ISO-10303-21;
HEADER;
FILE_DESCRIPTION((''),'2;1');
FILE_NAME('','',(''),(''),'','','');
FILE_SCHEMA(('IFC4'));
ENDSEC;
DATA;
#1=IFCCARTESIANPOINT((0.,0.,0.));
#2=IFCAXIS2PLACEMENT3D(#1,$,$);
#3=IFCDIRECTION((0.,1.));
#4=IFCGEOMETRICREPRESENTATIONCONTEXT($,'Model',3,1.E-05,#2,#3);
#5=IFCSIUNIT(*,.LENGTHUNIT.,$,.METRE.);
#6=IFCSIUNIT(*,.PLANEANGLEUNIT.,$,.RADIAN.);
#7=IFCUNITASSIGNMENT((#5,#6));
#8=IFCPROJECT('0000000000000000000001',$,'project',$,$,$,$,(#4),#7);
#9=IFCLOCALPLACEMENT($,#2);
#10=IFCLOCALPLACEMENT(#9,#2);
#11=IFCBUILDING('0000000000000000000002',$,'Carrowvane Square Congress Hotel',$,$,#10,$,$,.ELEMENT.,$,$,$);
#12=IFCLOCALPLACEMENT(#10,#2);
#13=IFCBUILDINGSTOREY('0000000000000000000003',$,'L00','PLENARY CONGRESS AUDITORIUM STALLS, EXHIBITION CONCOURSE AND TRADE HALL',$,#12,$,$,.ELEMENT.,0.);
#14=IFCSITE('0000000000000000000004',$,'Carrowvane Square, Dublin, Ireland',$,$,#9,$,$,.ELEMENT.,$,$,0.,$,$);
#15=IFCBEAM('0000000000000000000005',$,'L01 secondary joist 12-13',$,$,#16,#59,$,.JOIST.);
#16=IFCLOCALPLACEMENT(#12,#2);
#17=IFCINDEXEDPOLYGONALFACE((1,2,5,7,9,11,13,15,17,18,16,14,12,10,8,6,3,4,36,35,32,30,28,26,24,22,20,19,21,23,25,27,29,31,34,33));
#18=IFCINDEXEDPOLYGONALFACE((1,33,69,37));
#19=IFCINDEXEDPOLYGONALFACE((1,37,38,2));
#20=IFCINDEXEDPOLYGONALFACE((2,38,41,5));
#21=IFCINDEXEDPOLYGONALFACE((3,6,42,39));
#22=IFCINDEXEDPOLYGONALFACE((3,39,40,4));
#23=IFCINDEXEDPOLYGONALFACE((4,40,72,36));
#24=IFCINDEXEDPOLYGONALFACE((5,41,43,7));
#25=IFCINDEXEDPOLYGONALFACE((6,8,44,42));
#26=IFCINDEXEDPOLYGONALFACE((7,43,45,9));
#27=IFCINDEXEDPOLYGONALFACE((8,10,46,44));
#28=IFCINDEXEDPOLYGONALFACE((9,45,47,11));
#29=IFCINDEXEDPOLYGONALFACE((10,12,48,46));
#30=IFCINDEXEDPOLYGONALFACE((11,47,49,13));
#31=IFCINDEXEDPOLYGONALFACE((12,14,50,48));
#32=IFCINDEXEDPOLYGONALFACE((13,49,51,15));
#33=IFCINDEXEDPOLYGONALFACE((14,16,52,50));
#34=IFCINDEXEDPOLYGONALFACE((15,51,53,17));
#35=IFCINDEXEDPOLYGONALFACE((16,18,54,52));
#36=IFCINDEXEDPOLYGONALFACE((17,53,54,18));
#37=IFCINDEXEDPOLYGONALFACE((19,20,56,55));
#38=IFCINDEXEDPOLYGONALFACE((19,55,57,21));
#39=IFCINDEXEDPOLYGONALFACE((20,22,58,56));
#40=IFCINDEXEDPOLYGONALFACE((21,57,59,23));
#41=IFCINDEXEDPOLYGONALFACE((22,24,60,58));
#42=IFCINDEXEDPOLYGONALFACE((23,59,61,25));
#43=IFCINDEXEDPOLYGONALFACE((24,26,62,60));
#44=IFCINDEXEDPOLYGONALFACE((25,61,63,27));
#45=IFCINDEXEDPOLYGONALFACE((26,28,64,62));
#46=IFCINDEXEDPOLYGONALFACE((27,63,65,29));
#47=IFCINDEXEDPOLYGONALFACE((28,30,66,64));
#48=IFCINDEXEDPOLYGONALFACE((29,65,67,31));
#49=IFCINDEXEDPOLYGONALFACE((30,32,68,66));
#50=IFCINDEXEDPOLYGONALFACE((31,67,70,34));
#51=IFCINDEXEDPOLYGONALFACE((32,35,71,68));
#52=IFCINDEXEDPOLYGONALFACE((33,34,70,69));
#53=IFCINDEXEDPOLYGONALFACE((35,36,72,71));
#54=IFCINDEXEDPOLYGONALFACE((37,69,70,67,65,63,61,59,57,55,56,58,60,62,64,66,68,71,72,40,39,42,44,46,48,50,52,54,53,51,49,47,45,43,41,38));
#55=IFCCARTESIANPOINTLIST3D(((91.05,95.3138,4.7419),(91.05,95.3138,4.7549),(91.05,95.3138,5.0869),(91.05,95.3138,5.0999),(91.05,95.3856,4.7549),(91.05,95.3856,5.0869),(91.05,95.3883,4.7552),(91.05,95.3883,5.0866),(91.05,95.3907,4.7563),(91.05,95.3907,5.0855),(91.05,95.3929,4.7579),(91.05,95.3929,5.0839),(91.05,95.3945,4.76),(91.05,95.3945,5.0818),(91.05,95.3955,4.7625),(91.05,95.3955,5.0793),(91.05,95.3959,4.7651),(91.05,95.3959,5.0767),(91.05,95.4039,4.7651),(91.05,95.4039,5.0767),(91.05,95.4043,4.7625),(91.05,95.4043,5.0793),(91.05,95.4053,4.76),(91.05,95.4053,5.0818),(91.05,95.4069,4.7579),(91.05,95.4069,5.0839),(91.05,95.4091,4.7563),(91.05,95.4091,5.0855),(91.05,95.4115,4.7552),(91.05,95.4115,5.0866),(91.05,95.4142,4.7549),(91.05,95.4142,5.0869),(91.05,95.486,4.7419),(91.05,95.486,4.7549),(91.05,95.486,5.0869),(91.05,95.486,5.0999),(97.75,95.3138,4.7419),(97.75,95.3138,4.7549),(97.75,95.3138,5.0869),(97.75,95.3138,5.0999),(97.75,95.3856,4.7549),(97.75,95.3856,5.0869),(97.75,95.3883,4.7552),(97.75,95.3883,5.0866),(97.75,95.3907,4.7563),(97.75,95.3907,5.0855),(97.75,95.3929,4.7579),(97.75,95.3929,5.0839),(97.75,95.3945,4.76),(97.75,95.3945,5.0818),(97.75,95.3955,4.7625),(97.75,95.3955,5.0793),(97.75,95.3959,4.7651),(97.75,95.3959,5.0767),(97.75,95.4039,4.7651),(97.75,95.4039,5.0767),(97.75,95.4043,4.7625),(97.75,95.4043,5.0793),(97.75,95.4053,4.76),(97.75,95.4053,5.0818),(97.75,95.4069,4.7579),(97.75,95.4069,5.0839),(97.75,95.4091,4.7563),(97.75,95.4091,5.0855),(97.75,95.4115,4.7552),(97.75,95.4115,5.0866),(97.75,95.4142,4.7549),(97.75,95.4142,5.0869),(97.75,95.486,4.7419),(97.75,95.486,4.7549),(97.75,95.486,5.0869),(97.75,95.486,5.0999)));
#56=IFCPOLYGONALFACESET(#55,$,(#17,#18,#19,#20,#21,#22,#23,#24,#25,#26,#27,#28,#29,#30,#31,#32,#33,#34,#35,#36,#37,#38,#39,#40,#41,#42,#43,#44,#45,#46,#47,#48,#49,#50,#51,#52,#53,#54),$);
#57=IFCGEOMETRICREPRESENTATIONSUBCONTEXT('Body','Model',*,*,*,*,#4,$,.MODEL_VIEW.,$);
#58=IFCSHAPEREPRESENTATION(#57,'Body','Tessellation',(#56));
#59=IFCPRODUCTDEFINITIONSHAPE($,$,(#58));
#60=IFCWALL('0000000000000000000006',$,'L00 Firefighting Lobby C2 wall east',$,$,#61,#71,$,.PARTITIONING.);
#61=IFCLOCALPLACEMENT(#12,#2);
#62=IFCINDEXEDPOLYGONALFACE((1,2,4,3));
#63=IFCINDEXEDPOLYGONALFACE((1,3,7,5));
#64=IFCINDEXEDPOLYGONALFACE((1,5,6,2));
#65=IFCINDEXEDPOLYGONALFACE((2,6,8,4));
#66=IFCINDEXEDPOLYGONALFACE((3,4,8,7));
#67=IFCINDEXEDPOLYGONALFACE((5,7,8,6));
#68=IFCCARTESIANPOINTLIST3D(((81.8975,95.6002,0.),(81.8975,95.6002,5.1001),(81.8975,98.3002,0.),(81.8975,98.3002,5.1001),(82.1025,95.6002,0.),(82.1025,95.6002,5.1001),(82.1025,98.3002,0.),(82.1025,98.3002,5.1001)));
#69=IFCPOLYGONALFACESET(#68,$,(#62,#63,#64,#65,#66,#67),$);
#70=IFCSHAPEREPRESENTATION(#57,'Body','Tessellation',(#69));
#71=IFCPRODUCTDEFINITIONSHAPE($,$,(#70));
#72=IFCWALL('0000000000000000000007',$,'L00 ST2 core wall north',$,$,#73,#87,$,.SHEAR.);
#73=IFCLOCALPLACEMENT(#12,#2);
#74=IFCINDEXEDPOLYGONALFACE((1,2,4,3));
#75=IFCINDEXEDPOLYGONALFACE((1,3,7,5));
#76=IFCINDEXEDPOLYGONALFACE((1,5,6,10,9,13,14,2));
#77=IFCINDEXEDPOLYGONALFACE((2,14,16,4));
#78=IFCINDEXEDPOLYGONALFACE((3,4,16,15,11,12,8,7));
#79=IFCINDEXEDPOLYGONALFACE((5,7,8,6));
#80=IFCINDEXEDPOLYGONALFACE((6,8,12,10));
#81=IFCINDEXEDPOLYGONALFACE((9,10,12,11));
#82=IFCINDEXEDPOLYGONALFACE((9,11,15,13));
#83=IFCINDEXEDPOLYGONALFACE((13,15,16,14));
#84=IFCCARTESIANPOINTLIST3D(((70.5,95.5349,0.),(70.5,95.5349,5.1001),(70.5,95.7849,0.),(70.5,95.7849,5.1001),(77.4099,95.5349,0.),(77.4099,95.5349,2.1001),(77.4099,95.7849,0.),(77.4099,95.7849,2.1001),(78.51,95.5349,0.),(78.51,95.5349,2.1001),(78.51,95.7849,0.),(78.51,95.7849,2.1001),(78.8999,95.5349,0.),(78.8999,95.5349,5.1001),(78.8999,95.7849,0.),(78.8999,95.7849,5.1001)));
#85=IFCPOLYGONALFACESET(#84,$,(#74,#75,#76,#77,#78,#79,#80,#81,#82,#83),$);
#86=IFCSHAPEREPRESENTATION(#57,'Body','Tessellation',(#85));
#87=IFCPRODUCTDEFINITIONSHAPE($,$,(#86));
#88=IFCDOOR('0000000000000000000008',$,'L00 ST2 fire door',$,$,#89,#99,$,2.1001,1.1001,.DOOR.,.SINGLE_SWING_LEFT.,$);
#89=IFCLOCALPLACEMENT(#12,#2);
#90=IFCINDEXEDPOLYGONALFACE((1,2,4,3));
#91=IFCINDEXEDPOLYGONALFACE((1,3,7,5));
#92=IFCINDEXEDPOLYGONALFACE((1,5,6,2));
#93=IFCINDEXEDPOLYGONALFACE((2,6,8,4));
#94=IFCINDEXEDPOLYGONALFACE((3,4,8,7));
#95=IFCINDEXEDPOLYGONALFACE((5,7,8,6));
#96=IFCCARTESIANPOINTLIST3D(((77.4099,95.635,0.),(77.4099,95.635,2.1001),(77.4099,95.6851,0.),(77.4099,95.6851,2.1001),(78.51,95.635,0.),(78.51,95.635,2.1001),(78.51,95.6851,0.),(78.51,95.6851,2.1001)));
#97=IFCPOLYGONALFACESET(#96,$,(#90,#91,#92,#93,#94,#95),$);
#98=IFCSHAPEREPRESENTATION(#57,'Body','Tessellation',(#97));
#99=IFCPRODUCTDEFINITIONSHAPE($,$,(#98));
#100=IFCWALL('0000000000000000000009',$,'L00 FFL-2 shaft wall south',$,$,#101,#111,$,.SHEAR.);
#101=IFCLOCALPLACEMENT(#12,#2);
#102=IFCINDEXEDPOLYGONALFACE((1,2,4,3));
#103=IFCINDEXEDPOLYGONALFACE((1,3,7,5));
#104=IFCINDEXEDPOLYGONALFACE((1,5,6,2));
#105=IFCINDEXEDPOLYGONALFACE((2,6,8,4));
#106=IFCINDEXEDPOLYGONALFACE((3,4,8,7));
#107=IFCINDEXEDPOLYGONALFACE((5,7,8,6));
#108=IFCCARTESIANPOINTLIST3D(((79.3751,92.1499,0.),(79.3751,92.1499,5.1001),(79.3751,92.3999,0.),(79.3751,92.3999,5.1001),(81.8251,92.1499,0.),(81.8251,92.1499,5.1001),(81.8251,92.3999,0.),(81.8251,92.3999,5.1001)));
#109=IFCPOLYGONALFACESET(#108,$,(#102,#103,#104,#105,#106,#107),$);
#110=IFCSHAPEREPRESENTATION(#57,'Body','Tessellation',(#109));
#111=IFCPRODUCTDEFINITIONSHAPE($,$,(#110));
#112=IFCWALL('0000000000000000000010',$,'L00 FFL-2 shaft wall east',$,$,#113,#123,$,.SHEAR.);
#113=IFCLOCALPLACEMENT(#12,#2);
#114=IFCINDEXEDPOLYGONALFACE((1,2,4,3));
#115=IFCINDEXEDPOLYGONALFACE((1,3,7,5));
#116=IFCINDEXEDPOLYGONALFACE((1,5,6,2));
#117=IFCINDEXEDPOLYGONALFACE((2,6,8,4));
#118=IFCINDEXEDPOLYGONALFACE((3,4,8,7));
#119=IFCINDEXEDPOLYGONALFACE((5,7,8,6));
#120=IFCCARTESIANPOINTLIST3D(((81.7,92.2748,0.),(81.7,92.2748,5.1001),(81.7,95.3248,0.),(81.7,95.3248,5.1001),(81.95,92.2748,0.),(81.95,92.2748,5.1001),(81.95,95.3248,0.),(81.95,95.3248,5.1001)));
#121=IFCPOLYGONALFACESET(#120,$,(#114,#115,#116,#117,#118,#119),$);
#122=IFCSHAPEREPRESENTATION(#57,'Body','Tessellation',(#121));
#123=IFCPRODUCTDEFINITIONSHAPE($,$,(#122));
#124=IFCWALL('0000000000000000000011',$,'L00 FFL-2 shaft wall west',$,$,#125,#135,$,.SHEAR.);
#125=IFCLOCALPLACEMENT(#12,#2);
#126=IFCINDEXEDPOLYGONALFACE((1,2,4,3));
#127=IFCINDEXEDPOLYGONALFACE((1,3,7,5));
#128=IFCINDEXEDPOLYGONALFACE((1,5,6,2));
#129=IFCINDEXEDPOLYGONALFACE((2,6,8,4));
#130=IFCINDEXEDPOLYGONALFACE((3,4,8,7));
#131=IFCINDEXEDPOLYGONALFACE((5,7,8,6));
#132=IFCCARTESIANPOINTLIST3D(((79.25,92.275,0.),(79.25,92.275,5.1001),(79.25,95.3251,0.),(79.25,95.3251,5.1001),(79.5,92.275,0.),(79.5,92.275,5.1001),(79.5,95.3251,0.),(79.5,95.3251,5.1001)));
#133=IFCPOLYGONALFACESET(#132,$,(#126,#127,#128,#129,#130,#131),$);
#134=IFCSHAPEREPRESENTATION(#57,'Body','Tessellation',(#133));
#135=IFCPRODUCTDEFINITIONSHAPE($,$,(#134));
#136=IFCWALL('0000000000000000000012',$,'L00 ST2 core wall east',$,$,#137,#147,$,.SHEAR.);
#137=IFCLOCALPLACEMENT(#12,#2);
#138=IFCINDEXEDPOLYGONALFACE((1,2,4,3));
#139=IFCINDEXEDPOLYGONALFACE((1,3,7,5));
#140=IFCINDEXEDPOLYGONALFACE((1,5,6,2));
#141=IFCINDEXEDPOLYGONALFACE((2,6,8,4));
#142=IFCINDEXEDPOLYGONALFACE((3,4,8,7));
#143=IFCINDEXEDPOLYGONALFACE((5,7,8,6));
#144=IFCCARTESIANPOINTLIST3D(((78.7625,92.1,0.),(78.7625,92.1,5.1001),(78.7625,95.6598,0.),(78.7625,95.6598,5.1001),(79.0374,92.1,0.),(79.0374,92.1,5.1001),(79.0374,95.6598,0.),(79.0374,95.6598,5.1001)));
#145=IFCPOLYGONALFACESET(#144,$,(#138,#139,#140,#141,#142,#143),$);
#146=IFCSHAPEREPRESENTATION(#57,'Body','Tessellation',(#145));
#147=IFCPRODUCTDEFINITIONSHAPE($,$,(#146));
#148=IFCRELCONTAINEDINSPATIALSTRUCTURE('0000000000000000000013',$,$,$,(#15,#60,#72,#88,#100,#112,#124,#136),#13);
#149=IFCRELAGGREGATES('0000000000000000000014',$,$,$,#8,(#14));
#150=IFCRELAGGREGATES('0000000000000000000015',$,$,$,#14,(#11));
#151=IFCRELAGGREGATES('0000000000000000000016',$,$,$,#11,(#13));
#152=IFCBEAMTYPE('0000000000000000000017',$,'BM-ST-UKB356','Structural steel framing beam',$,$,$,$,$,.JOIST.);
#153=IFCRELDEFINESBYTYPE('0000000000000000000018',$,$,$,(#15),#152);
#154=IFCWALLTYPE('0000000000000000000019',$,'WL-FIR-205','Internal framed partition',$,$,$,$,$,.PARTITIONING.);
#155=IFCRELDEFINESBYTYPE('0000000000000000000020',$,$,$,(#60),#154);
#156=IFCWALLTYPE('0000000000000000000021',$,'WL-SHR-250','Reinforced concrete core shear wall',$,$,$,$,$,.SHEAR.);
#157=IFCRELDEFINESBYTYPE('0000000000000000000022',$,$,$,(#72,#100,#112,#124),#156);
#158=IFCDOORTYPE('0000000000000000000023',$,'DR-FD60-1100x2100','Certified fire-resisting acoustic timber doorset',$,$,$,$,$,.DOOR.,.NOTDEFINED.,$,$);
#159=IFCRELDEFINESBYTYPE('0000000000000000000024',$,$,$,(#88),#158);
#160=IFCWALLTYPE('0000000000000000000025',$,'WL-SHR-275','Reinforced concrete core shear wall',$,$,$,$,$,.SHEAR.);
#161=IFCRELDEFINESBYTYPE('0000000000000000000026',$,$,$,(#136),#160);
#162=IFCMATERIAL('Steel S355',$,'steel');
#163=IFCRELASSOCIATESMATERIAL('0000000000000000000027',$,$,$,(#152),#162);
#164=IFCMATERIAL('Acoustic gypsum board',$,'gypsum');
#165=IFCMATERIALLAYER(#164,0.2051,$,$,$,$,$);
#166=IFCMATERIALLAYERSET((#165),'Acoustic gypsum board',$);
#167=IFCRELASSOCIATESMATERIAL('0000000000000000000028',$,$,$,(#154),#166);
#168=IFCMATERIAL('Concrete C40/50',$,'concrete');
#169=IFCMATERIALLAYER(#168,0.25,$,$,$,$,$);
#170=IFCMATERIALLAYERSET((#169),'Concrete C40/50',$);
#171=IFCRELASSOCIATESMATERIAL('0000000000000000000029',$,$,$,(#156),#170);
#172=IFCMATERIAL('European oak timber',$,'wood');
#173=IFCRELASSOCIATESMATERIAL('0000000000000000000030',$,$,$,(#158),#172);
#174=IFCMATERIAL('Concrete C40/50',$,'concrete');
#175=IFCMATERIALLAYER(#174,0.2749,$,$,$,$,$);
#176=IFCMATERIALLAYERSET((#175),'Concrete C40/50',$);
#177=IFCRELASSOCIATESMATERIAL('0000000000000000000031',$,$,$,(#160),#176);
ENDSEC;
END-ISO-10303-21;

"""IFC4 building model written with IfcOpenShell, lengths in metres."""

from ifc_helpers import new_model, si_unit, direction, frame, frame_2d, origin, origin_2d, place, context, subcontext, project, spatial, rectangle, i_section, extrude, material, layer, layer_set, material_profile, profile_set, type_object, element, fill, save


model = new_model("IFC4")

# Units and contexts
model_context = context("Model", 3, precision=1e-05, world=origin(), true_north=direction((0.0, 1.0)))
body_context = subcontext(model_context, "Body", "Model", "MODEL_VIEW")
ifc_project = project(units=[si_unit("LENGTHUNIT", "METRE"), si_unit("PLANEANGLEUNIT", "RADIAN")], contexts=[model_context])

# Site, building, storey
site_placement = place(None, origin())
site = spatial("IfcSite", under=ifc_project, at=site_placement, Name="Carrowvane Square, Dublin, Ireland", CompositionType="ELEMENT", RefElevation=0.0)
building_placement = place(site_placement, origin())
building = spatial("IfcBuilding", under=site, at=building_placement, Name="Carrowvane Square Congress Hotel", CompositionType="ELEMENT")
storey_placement = place(building_placement, origin())
storey = spatial("IfcBuildingStorey", under=building, at=storey_placement, Name="L00", Description="PLENARY CONGRESS AUDITORIUM STALLS, EXHIBITION CONCOURSE AND TRADE HALL", CompositionType="ELEMENT", Elevation=0.0)

# Beam
ifc_material_1 = material(Name="Steel S355", Category="steel")
ifc_material_profile_1 = material_profile(ifc_material_1, i_section(OverallWidth=0.1721, OverallDepth=0.3579, WebThickness=0.0081, FlangeThickness=0.0129, FilletRadius=0.0103, at=origin_2d()), Name="UKB 356x171x57")
ifc_profile_set_1 = profile_set([ifc_material_profile_1], Name="Steel S355")
beam_type_1 = type_object("IfcBeamType", Name="BM-ST-UKB356", Description="Structural steel framing beam", PredefinedType="JOIST", material=ifc_profile_set_1)
beam_1_placement = place(storey_placement, frame((91.05, 95.3999, 4.9209), z_axis=(1.0, 0.0, 0.0), x_axis=(0.0, 1.0, 0.0)))
element("IfcBeam", 1, at=beam_1_placement, inside=storey, type_object=beam_type_1, Name="L01 secondary joist 12-13", PredefinedType="JOIST", context=body_context, shape_type="SweptSolid", body=[
    extrude(i_section(OverallWidth=0.1721, OverallDepth=0.3579, WebThickness=0.0081, FlangeThickness=0.0129, FilletRadius=0.0103, at=origin_2d()), origin(), (0.0, 0.0, 1.0), 6.7),
])

# Wall
ifc_material_2 = material(Name="Acoustic gypsum board", Category="gypsum")
ifc_layer_1 = layer(ifc_material_2, 0.2051)
ifc_layer_set_1 = layer_set([ifc_layer_1], Name="Acoustic gypsum board")
wall_type_1 = type_object("IfcWallType", Name="WL-FIR-205", Description="Internal framed partition", PredefinedType="PARTITIONING", material=ifc_layer_set_1)
wall_1_placement = place(storey_placement, frame((82.0, 95.6001, 0.0), z_axis=(0.0, 0.0, 1.0), x_axis=(0.0, 1.0, 0.0)))
element("IfcWall", 2, at=wall_1_placement, inside=storey, type_object=wall_type_1, Name="L00 Firefighting Lobby C2 wall east", PredefinedType="PARTITIONING", context=body_context, shape_type="SweptSolid", body=[
    extrude(rectangle(XDim=2.7, YDim=0.2051, at=frame_2d((1.3501, 0.0))), origin(), (0.0, 0.0, 1.0), 5.1001),
])

# Wall, opening, door
ifc_material_3 = material(Name="Concrete C40/50", Category="concrete")
ifc_layer_2 = layer(ifc_material_3, 0.25)
ifc_layer_set_2 = layer_set([ifc_layer_2], Name="Concrete C40/50")
wall_type_2 = type_object("IfcWallType", Name="WL-SHR-250", Description="Reinforced concrete core shear wall", PredefinedType="SHEAR", material=ifc_layer_set_2)
wall_2_placement = place(storey_placement, frame((78.8999, 95.6599, 0.0), z_axis=(0.0, 0.0, 1.0), x_axis=(-1.0, 0.0, 0.0)))
wall_2 = element("IfcWall", 3, at=wall_2_placement, inside=storey, type_object=wall_type_2, Name="L00 ST2 core wall north", PredefinedType="SHEAR", context=body_context, shape_type="SweptSolid", body=[
    extrude(rectangle(XDim=8.3999, YDim=0.25, at=frame_2d((4.2, 0.0))), origin(), (0.0, 0.0, 1.0), 5.1001),
])
opening_1_placement = place(wall_2_placement, frame((0.3899, 0.0, 0.0)))
opening_1 = element("IfcOpeningElement", 4, at=opening_1_placement, cuts=wall_2, PredefinedType="OPENING", context=body_context, shape_type="SweptSolid", body=[
    extrude(rectangle(XDim=1.1001, YDim=2.1001, at=frame_2d((0.55, 1.05))), frame((0.0, 0.135, 0.0), z_axis=(0.0, -1.0, 0.0), x_axis=(1.0, 0.0, 0.0)), (0.0, 0.0, 1.0), 0.27),
])
ifc_material_4 = material(Name="European oak timber", Category="wood")
door_type_1 = type_object("IfcDoorType", Name="DR-FD60-1100x2100", Description="Certified fire-resisting acoustic timber doorset", OperationType="NOTDEFINED", PredefinedType="DOOR", material=ifc_material_4)
door_1_placement = place(opening_1_placement, origin())
door_1 = element("IfcDoor", 5, at=door_1_placement, inside=storey, type_object=door_type_1, Name="L00 ST2 fire door", OperationType="SINGLE_SWING_LEFT", OverallHeight=2.1001, OverallWidth=1.1001, PredefinedType="DOOR", context=body_context, shape_type="SweptSolid", body=[
    extrude(rectangle(XDim=1.1001, YDim=2.1001, at=frame_2d((0.55, 1.05))), frame((0.0, 0.0249, 0.0), z_axis=(0.0, -1.0, 0.0), x_axis=(1.0, 0.0, 0.0)), (0.0, 0.0, 1.0), 0.05),
])
fill(opening_1, door_1)

# Walls
wall_3_placement = place(storey_placement, frame((79.375, 92.2749, 0.0), z_axis=(0.0, 0.0, 1.0), x_axis=(1.0, 0.0, 0.0)))
element("IfcWall", 6, at=wall_3_placement, inside=storey, type_object=wall_type_2, Name="L00 FFL-2 shaft wall south", PredefinedType="SHEAR", context=body_context, shape_type="SweptSolid", body=[
    extrude(rectangle(XDim=2.45, YDim=0.25, at=frame_2d((1.2251, 0.0))), origin(), (0.0, 0.0, 1.0), 5.1001),
])
wall_4_placement = place(storey_placement, frame((81.825, 92.2749, 0.0), z_axis=(0.0, 0.0, 1.0), x_axis=(0.0, 1.0, 0.0)))
element("IfcWall", 7, at=wall_4_placement, inside=storey, type_object=wall_type_2, Name="L00 FFL-2 shaft wall east", PredefinedType="SHEAR", context=body_context, shape_type="SweptSolid", body=[
    extrude(rectangle(XDim=3.05, YDim=0.25, at=frame_2d((1.5249, 0.0))), origin(), (0.0, 0.0, 1.0), 5.1001),
])

# Walls
wall_5_placement = place(storey_placement, frame((79.375, 95.325, 0.0), z_axis=(0.0, 0.0, 1.0), x_axis=(0.0, -1.0, 0.0)))
element("IfcWall", 8, at=wall_5_placement, inside=storey, type_object=wall_type_2, Name="L00 FFL-2 shaft wall west", PredefinedType="SHEAR", context=body_context, shape_type="SweptSolid", body=[
    extrude(rectangle(XDim=3.05, YDim=0.25, at=frame_2d((1.5249, 0.0))), origin(), (0.0, 0.0, 1.0), 5.1001),
])
ifc_material_5 = material(Name="Concrete C40/50", Category="concrete")
ifc_layer_3 = layer(ifc_material_5, 0.2749)
ifc_layer_set_3 = layer_set([ifc_layer_3], Name="Concrete C40/50")
wall_type_3 = type_object("IfcWallType", Name="WL-SHR-275", Description="Reinforced concrete core shear wall", PredefinedType="SHEAR", material=ifc_layer_set_3)
wall_6_placement = place(storey_placement, frame((78.8999, 92.1001, 0.0), z_axis=(0.0, 0.0, 1.0), x_axis=(0.0, 1.0, 0.0)))
element("IfcWall", 9, at=wall_6_placement, inside=storey, type_object=wall_type_3, Name="L00 ST2 core wall east", PredefinedType="SHEAR", context=body_context, shape_type="SweptSolid", body=[
    extrude(rectangle(XDim=3.5598, YDim=0.2749, at=frame_2d((1.7798, 0.0))), origin(), (0.0, 0.0, 1.0), 5.1001),
])

save(model, "model.ifc")
